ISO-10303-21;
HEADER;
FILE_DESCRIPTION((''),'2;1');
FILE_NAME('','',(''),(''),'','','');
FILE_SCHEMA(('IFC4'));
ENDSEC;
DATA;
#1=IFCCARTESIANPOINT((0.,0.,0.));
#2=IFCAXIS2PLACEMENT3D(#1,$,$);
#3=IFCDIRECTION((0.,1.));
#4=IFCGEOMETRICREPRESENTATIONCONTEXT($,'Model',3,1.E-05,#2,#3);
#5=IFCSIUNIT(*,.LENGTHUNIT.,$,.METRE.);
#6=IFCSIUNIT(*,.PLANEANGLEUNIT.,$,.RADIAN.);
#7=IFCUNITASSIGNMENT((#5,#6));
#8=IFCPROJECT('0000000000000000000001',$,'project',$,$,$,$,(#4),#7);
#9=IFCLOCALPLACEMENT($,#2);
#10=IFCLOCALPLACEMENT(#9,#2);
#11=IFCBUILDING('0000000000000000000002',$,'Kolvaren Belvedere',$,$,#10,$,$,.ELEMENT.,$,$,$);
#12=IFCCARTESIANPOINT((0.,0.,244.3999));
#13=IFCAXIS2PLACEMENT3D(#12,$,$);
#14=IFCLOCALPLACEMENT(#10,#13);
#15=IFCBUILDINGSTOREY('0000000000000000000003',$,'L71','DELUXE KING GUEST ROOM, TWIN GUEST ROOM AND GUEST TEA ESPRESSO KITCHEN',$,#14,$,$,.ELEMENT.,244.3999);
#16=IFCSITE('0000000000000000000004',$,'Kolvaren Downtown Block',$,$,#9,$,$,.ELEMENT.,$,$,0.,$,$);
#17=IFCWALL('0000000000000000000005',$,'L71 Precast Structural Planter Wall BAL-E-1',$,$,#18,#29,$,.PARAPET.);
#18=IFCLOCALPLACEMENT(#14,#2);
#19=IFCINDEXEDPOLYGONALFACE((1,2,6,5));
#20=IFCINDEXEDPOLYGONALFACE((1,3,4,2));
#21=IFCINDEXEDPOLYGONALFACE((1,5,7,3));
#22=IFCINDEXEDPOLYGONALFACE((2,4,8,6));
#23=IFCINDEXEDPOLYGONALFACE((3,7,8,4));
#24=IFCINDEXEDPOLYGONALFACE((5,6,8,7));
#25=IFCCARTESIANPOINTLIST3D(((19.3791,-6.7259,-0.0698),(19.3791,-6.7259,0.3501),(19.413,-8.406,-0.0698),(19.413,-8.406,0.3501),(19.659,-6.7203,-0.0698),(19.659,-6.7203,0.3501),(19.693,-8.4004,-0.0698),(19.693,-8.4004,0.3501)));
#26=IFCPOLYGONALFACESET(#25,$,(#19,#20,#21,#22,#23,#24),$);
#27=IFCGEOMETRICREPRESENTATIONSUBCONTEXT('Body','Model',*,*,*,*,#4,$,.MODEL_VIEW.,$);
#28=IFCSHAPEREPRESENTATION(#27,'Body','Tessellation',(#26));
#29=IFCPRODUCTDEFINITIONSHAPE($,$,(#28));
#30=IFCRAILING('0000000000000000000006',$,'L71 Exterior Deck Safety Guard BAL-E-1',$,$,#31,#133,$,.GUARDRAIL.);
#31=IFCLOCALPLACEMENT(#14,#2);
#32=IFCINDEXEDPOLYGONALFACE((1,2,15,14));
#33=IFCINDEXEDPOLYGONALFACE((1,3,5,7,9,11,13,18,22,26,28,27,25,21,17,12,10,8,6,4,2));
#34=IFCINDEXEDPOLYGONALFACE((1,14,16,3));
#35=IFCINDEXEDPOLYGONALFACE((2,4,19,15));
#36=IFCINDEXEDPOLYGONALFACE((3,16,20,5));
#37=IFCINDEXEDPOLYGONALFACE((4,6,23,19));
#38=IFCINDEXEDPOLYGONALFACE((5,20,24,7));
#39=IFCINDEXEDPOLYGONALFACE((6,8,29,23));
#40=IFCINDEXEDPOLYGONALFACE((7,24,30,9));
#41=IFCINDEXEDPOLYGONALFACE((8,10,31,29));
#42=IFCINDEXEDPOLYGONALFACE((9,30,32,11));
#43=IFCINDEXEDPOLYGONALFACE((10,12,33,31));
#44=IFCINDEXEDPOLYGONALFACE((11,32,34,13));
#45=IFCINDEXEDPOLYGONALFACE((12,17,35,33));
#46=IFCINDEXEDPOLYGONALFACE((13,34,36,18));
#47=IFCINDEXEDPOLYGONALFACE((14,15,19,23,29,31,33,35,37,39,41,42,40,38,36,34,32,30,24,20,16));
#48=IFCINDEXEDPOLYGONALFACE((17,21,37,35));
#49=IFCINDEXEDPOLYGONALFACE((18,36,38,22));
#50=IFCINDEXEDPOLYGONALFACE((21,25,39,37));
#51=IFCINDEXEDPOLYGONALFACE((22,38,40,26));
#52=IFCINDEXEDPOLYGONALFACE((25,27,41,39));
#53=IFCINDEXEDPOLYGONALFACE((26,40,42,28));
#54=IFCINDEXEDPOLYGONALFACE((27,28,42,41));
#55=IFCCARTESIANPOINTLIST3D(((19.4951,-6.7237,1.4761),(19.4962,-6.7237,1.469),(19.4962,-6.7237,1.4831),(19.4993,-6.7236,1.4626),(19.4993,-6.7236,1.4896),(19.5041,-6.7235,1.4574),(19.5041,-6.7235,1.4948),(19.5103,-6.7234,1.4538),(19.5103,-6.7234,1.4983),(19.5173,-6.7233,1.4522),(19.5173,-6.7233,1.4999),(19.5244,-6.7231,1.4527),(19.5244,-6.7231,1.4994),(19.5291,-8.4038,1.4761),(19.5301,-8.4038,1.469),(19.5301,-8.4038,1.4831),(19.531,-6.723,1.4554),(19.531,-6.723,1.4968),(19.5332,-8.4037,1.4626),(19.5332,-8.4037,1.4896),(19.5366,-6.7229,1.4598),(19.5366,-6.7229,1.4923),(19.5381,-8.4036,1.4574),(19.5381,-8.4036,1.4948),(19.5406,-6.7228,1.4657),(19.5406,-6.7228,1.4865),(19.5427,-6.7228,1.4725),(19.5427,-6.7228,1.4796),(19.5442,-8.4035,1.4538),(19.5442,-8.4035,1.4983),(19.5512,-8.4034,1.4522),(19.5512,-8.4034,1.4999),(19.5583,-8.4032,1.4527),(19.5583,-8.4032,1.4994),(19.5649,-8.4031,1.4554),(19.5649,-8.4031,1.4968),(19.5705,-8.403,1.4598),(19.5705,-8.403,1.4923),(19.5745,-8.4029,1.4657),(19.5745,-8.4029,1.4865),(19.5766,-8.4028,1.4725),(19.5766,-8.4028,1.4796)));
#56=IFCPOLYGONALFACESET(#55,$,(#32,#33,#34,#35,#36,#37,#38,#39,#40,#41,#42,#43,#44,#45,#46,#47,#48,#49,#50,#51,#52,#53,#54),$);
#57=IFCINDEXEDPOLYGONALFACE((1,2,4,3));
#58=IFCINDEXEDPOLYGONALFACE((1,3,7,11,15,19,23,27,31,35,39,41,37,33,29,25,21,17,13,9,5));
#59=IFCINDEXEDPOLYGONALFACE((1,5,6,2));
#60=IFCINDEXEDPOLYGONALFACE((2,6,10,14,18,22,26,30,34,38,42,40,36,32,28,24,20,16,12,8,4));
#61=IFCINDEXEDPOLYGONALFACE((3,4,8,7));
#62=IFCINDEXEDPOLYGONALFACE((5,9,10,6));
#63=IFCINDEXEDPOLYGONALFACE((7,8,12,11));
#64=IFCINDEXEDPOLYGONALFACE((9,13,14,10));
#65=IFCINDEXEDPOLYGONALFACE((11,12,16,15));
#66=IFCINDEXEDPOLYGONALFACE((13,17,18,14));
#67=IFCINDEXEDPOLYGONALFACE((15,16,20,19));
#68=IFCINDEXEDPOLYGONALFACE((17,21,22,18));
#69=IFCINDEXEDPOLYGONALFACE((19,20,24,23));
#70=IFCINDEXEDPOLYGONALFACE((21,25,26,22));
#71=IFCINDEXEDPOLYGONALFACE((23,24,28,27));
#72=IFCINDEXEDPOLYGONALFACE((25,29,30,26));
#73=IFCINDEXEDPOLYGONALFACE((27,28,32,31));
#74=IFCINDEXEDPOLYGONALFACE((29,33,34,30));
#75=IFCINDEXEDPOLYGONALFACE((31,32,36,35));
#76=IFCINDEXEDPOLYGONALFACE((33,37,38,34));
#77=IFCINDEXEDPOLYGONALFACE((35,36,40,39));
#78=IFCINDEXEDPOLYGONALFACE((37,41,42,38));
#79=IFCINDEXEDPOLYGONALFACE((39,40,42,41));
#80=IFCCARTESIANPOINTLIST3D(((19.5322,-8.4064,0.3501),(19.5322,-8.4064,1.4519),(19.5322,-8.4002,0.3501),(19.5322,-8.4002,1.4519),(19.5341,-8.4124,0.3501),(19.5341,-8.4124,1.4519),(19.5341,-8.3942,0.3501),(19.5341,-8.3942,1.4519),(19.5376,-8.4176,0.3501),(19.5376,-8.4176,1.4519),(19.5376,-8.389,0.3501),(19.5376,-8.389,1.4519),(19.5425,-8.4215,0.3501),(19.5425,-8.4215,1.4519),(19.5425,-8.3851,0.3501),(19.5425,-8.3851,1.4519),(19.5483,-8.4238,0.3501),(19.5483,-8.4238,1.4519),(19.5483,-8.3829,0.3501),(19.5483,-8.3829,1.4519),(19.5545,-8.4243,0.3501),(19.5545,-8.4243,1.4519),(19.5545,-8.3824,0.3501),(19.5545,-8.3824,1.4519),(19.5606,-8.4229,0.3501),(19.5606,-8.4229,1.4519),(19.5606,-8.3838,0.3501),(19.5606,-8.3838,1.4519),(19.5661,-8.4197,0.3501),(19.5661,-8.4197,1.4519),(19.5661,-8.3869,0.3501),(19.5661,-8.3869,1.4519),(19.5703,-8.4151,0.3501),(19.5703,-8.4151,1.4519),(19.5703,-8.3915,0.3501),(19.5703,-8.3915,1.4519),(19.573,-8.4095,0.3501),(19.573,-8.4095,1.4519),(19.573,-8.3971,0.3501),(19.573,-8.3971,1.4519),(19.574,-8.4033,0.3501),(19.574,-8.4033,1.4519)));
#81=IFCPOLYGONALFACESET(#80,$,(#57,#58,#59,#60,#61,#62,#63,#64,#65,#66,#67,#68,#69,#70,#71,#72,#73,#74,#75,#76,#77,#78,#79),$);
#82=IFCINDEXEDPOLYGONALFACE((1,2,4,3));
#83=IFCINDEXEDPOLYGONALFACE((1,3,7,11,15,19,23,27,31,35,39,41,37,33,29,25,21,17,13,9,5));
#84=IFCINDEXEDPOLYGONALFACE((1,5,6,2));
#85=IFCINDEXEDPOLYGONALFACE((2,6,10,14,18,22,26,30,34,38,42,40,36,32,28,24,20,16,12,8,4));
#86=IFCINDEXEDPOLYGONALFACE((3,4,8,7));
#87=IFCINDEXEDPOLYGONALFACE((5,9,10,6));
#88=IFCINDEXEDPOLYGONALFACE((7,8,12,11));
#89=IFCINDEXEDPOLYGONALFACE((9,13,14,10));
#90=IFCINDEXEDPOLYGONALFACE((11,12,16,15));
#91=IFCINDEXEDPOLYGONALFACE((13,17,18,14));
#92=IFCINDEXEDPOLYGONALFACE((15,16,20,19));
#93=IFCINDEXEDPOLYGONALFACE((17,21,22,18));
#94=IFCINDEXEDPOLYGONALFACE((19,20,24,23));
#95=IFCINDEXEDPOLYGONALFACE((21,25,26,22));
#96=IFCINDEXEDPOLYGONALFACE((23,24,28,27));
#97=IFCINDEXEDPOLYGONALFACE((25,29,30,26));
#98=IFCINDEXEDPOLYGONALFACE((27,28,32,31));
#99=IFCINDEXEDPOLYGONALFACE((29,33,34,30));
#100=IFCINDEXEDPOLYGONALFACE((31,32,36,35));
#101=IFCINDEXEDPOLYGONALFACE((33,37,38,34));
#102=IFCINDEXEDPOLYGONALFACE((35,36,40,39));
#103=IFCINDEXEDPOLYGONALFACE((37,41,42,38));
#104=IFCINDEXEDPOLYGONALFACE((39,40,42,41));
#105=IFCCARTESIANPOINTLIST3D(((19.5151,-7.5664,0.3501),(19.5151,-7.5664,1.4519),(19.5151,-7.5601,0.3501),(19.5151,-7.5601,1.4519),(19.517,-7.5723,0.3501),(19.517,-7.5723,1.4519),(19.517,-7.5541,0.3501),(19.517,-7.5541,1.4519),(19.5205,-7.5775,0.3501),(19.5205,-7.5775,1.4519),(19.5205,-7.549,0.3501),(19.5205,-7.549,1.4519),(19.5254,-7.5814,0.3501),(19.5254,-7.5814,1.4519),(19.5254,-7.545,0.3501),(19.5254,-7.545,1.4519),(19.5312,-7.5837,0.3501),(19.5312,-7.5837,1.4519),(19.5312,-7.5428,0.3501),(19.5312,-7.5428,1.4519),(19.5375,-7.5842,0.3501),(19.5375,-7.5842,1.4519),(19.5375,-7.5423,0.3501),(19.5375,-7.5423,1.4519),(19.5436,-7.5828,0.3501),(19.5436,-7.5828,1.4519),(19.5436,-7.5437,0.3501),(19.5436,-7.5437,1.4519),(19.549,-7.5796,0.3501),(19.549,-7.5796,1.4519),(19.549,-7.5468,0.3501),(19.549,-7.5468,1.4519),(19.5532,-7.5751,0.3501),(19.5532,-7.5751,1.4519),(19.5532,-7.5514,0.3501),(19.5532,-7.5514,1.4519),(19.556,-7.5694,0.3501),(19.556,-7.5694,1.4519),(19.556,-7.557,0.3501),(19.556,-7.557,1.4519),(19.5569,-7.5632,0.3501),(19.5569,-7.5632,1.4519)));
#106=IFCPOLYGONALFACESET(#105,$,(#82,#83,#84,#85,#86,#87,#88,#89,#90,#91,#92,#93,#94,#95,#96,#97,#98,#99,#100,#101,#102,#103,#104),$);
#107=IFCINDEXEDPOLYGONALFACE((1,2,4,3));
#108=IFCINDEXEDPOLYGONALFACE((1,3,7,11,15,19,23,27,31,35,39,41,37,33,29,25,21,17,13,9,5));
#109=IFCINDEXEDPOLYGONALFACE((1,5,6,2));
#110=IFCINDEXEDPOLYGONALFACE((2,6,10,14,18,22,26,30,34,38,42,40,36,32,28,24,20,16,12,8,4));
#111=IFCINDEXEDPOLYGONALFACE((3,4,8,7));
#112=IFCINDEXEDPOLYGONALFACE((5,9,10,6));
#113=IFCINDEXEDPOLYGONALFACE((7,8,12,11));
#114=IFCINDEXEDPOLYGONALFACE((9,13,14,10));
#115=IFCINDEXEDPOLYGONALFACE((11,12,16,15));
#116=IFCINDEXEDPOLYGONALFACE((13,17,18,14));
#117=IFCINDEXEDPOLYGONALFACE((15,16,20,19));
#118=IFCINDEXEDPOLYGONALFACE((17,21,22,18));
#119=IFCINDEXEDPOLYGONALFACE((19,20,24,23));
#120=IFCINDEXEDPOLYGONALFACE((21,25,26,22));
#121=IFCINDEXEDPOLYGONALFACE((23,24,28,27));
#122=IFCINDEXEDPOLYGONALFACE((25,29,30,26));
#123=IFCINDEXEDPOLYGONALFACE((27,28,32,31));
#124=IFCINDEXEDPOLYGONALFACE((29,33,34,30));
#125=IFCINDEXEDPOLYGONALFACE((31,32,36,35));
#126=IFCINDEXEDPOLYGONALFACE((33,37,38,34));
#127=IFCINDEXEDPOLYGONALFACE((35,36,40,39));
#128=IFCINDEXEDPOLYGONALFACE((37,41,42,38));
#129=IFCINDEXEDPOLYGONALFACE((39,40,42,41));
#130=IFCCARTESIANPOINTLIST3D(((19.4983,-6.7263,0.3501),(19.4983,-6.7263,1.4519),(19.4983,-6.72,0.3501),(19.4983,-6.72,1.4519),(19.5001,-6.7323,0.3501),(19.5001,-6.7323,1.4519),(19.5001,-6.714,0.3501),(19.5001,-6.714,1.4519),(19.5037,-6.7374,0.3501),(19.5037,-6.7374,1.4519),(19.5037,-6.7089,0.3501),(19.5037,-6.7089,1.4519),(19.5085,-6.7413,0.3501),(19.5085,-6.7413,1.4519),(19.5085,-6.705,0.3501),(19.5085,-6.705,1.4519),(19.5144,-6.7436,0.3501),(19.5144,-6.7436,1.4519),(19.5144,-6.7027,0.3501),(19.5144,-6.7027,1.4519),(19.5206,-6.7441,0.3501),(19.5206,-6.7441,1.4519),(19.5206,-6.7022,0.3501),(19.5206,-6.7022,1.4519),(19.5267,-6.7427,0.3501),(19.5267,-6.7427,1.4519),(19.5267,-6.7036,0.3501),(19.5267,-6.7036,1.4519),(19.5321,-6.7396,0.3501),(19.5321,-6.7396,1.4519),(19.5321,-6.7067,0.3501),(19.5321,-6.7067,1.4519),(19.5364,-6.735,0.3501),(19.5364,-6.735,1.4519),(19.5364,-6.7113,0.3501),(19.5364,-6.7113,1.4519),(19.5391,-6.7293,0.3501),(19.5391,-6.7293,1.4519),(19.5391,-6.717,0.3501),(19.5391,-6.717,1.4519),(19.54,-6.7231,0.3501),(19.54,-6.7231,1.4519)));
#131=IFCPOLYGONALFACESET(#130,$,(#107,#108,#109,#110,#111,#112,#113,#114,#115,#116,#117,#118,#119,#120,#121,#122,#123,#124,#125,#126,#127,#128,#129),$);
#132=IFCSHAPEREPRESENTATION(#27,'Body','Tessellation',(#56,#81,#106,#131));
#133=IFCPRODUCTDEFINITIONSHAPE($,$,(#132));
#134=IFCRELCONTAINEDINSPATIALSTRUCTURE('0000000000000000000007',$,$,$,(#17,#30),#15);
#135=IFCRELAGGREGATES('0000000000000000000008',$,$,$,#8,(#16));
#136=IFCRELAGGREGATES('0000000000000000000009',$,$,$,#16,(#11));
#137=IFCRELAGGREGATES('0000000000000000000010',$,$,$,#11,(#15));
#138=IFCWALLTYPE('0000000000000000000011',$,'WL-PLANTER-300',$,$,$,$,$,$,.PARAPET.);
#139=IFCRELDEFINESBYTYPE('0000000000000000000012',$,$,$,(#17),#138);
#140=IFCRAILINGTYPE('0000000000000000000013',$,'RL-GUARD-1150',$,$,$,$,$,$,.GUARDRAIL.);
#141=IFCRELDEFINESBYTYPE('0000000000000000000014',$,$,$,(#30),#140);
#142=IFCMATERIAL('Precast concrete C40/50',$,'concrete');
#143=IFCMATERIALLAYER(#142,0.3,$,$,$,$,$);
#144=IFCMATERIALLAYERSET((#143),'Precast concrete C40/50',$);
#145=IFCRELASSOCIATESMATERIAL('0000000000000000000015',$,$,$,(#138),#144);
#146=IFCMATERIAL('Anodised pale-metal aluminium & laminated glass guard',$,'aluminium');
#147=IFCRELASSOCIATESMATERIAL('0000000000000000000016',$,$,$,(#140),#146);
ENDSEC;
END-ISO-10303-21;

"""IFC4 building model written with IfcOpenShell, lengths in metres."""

from ifc_helpers import new_model, si_unit, direction, frame, frame_2d, origin, origin_2d, place, context, subcontext, project, spatial, rectangle, circle, extrude, material, layer, layer_set, type_object, element, save


model = new_model("IFC4")

# Units and contexts
model_context = context("Model", 3, precision=1e-05, world=origin(), true_north=direction((0.0, 1.0)))
body_context = subcontext(model_context, "Body", "Model", "MODEL_VIEW")
ifc_project = project(units=[si_unit("LENGTHUNIT", "METRE"), si_unit("PLANEANGLEUNIT", "RADIAN")], contexts=[model_context])

# Site, building, storey
site_placement = place(None, origin())
site = spatial("IfcSite", under=ifc_project, at=site_placement, Name="Kolvaren Downtown Block", CompositionType="ELEMENT", RefElevation=0.0)
building_placement = place(site_placement, origin())
building = spatial("IfcBuilding", under=site, at=building_placement, Name="Kolvaren Belvedere", CompositionType="ELEMENT")
storey_placement = place(building_placement, frame((0.0, 0.0, 244.3999)))
storey = spatial("IfcBuildingStorey", under=building, at=storey_placement, Name="L71", Description="DELUXE KING GUEST ROOM, TWIN GUEST ROOM AND GUEST TEA ESPRESSO KITCHEN", CompositionType="ELEMENT", Elevation=244.3999)

# Wall
ifc_material_1 = material(Name="Precast concrete C40/50", Category="concrete")
ifc_layer_1 = layer(ifc_material_1, 0.3)
ifc_layer_set_1 = layer_set([ifc_layer_1], Name="Precast concrete C40/50")
wall_type_1 = type_object("IfcWallType", Name="WL-PLANTER-300", PredefinedType="PARAPET", material=ifc_layer_set_1)
wall_1_placement = place(storey_placement, frame((19.553, -8.4033, -0.0698), z_axis=(0.0, 0.0, 1.0), x_axis=(-0.020193, 0.999796, 0.0)))
element("IfcWall", 1, at=wall_1_placement, inside=storey, type_object=wall_type_1, Name="L71 Precast Structural Planter Wall BAL-E-1", PredefinedType="PARAPET", context=body_context, shape_type="SweptSolid", body=[
    extrude(rectangle(XDim=1.6804, YDim=0.28, at=frame_2d((0.8403, 0.0))), origin(), (0.0, 0.0, 1.0), 0.4199),
])

# Railing
ifc_material_2 = material(Name="Anodised pale-metal aluminium & laminated glass guard", Category="aluminium")
railing_type = type_object("IfcRailingType", Name="RL-GUARD-1150", PredefinedType="GUARDRAIL", material=ifc_material_2)
railing_placement = place(storey_placement, frame((19.553, -8.4033, 0.3501)))
element("IfcRailing", 2, at=railing_placement, inside=storey, type_object=railing_type, Name="L71 Exterior Deck Safety Guard BAL-E-1", PredefinedType="GUARDRAIL", context=body_context, shape_type="SweptSolid", body=[
    extrude(circle(Radius=0.0239, at=origin_2d()), frame((0.0, 0.0, 1.126), z_axis=(-0.020193, 0.999796, 0.0), x_axis=(-0.999796, -0.020193, 0.0)), (0.0, 0.0, 1.0), 1.6804),
    extrude(circle(Radius=0.021, at=origin_2d()), origin(), (0.0, 0.0, 1.0), 1.1018),
    extrude(circle(Radius=0.021, at=origin_2d()), frame((-0.0171, 0.8401, 0.0)), (0.0, 0.0, 1.0), 1.1018),
    extrude(circle(Radius=0.021, at=origin_2d()), frame((-0.0339, 1.6802, 0.0)), (0.0, 0.0, 1.0), 1.1018),
])

save(model, "model.ifc")
